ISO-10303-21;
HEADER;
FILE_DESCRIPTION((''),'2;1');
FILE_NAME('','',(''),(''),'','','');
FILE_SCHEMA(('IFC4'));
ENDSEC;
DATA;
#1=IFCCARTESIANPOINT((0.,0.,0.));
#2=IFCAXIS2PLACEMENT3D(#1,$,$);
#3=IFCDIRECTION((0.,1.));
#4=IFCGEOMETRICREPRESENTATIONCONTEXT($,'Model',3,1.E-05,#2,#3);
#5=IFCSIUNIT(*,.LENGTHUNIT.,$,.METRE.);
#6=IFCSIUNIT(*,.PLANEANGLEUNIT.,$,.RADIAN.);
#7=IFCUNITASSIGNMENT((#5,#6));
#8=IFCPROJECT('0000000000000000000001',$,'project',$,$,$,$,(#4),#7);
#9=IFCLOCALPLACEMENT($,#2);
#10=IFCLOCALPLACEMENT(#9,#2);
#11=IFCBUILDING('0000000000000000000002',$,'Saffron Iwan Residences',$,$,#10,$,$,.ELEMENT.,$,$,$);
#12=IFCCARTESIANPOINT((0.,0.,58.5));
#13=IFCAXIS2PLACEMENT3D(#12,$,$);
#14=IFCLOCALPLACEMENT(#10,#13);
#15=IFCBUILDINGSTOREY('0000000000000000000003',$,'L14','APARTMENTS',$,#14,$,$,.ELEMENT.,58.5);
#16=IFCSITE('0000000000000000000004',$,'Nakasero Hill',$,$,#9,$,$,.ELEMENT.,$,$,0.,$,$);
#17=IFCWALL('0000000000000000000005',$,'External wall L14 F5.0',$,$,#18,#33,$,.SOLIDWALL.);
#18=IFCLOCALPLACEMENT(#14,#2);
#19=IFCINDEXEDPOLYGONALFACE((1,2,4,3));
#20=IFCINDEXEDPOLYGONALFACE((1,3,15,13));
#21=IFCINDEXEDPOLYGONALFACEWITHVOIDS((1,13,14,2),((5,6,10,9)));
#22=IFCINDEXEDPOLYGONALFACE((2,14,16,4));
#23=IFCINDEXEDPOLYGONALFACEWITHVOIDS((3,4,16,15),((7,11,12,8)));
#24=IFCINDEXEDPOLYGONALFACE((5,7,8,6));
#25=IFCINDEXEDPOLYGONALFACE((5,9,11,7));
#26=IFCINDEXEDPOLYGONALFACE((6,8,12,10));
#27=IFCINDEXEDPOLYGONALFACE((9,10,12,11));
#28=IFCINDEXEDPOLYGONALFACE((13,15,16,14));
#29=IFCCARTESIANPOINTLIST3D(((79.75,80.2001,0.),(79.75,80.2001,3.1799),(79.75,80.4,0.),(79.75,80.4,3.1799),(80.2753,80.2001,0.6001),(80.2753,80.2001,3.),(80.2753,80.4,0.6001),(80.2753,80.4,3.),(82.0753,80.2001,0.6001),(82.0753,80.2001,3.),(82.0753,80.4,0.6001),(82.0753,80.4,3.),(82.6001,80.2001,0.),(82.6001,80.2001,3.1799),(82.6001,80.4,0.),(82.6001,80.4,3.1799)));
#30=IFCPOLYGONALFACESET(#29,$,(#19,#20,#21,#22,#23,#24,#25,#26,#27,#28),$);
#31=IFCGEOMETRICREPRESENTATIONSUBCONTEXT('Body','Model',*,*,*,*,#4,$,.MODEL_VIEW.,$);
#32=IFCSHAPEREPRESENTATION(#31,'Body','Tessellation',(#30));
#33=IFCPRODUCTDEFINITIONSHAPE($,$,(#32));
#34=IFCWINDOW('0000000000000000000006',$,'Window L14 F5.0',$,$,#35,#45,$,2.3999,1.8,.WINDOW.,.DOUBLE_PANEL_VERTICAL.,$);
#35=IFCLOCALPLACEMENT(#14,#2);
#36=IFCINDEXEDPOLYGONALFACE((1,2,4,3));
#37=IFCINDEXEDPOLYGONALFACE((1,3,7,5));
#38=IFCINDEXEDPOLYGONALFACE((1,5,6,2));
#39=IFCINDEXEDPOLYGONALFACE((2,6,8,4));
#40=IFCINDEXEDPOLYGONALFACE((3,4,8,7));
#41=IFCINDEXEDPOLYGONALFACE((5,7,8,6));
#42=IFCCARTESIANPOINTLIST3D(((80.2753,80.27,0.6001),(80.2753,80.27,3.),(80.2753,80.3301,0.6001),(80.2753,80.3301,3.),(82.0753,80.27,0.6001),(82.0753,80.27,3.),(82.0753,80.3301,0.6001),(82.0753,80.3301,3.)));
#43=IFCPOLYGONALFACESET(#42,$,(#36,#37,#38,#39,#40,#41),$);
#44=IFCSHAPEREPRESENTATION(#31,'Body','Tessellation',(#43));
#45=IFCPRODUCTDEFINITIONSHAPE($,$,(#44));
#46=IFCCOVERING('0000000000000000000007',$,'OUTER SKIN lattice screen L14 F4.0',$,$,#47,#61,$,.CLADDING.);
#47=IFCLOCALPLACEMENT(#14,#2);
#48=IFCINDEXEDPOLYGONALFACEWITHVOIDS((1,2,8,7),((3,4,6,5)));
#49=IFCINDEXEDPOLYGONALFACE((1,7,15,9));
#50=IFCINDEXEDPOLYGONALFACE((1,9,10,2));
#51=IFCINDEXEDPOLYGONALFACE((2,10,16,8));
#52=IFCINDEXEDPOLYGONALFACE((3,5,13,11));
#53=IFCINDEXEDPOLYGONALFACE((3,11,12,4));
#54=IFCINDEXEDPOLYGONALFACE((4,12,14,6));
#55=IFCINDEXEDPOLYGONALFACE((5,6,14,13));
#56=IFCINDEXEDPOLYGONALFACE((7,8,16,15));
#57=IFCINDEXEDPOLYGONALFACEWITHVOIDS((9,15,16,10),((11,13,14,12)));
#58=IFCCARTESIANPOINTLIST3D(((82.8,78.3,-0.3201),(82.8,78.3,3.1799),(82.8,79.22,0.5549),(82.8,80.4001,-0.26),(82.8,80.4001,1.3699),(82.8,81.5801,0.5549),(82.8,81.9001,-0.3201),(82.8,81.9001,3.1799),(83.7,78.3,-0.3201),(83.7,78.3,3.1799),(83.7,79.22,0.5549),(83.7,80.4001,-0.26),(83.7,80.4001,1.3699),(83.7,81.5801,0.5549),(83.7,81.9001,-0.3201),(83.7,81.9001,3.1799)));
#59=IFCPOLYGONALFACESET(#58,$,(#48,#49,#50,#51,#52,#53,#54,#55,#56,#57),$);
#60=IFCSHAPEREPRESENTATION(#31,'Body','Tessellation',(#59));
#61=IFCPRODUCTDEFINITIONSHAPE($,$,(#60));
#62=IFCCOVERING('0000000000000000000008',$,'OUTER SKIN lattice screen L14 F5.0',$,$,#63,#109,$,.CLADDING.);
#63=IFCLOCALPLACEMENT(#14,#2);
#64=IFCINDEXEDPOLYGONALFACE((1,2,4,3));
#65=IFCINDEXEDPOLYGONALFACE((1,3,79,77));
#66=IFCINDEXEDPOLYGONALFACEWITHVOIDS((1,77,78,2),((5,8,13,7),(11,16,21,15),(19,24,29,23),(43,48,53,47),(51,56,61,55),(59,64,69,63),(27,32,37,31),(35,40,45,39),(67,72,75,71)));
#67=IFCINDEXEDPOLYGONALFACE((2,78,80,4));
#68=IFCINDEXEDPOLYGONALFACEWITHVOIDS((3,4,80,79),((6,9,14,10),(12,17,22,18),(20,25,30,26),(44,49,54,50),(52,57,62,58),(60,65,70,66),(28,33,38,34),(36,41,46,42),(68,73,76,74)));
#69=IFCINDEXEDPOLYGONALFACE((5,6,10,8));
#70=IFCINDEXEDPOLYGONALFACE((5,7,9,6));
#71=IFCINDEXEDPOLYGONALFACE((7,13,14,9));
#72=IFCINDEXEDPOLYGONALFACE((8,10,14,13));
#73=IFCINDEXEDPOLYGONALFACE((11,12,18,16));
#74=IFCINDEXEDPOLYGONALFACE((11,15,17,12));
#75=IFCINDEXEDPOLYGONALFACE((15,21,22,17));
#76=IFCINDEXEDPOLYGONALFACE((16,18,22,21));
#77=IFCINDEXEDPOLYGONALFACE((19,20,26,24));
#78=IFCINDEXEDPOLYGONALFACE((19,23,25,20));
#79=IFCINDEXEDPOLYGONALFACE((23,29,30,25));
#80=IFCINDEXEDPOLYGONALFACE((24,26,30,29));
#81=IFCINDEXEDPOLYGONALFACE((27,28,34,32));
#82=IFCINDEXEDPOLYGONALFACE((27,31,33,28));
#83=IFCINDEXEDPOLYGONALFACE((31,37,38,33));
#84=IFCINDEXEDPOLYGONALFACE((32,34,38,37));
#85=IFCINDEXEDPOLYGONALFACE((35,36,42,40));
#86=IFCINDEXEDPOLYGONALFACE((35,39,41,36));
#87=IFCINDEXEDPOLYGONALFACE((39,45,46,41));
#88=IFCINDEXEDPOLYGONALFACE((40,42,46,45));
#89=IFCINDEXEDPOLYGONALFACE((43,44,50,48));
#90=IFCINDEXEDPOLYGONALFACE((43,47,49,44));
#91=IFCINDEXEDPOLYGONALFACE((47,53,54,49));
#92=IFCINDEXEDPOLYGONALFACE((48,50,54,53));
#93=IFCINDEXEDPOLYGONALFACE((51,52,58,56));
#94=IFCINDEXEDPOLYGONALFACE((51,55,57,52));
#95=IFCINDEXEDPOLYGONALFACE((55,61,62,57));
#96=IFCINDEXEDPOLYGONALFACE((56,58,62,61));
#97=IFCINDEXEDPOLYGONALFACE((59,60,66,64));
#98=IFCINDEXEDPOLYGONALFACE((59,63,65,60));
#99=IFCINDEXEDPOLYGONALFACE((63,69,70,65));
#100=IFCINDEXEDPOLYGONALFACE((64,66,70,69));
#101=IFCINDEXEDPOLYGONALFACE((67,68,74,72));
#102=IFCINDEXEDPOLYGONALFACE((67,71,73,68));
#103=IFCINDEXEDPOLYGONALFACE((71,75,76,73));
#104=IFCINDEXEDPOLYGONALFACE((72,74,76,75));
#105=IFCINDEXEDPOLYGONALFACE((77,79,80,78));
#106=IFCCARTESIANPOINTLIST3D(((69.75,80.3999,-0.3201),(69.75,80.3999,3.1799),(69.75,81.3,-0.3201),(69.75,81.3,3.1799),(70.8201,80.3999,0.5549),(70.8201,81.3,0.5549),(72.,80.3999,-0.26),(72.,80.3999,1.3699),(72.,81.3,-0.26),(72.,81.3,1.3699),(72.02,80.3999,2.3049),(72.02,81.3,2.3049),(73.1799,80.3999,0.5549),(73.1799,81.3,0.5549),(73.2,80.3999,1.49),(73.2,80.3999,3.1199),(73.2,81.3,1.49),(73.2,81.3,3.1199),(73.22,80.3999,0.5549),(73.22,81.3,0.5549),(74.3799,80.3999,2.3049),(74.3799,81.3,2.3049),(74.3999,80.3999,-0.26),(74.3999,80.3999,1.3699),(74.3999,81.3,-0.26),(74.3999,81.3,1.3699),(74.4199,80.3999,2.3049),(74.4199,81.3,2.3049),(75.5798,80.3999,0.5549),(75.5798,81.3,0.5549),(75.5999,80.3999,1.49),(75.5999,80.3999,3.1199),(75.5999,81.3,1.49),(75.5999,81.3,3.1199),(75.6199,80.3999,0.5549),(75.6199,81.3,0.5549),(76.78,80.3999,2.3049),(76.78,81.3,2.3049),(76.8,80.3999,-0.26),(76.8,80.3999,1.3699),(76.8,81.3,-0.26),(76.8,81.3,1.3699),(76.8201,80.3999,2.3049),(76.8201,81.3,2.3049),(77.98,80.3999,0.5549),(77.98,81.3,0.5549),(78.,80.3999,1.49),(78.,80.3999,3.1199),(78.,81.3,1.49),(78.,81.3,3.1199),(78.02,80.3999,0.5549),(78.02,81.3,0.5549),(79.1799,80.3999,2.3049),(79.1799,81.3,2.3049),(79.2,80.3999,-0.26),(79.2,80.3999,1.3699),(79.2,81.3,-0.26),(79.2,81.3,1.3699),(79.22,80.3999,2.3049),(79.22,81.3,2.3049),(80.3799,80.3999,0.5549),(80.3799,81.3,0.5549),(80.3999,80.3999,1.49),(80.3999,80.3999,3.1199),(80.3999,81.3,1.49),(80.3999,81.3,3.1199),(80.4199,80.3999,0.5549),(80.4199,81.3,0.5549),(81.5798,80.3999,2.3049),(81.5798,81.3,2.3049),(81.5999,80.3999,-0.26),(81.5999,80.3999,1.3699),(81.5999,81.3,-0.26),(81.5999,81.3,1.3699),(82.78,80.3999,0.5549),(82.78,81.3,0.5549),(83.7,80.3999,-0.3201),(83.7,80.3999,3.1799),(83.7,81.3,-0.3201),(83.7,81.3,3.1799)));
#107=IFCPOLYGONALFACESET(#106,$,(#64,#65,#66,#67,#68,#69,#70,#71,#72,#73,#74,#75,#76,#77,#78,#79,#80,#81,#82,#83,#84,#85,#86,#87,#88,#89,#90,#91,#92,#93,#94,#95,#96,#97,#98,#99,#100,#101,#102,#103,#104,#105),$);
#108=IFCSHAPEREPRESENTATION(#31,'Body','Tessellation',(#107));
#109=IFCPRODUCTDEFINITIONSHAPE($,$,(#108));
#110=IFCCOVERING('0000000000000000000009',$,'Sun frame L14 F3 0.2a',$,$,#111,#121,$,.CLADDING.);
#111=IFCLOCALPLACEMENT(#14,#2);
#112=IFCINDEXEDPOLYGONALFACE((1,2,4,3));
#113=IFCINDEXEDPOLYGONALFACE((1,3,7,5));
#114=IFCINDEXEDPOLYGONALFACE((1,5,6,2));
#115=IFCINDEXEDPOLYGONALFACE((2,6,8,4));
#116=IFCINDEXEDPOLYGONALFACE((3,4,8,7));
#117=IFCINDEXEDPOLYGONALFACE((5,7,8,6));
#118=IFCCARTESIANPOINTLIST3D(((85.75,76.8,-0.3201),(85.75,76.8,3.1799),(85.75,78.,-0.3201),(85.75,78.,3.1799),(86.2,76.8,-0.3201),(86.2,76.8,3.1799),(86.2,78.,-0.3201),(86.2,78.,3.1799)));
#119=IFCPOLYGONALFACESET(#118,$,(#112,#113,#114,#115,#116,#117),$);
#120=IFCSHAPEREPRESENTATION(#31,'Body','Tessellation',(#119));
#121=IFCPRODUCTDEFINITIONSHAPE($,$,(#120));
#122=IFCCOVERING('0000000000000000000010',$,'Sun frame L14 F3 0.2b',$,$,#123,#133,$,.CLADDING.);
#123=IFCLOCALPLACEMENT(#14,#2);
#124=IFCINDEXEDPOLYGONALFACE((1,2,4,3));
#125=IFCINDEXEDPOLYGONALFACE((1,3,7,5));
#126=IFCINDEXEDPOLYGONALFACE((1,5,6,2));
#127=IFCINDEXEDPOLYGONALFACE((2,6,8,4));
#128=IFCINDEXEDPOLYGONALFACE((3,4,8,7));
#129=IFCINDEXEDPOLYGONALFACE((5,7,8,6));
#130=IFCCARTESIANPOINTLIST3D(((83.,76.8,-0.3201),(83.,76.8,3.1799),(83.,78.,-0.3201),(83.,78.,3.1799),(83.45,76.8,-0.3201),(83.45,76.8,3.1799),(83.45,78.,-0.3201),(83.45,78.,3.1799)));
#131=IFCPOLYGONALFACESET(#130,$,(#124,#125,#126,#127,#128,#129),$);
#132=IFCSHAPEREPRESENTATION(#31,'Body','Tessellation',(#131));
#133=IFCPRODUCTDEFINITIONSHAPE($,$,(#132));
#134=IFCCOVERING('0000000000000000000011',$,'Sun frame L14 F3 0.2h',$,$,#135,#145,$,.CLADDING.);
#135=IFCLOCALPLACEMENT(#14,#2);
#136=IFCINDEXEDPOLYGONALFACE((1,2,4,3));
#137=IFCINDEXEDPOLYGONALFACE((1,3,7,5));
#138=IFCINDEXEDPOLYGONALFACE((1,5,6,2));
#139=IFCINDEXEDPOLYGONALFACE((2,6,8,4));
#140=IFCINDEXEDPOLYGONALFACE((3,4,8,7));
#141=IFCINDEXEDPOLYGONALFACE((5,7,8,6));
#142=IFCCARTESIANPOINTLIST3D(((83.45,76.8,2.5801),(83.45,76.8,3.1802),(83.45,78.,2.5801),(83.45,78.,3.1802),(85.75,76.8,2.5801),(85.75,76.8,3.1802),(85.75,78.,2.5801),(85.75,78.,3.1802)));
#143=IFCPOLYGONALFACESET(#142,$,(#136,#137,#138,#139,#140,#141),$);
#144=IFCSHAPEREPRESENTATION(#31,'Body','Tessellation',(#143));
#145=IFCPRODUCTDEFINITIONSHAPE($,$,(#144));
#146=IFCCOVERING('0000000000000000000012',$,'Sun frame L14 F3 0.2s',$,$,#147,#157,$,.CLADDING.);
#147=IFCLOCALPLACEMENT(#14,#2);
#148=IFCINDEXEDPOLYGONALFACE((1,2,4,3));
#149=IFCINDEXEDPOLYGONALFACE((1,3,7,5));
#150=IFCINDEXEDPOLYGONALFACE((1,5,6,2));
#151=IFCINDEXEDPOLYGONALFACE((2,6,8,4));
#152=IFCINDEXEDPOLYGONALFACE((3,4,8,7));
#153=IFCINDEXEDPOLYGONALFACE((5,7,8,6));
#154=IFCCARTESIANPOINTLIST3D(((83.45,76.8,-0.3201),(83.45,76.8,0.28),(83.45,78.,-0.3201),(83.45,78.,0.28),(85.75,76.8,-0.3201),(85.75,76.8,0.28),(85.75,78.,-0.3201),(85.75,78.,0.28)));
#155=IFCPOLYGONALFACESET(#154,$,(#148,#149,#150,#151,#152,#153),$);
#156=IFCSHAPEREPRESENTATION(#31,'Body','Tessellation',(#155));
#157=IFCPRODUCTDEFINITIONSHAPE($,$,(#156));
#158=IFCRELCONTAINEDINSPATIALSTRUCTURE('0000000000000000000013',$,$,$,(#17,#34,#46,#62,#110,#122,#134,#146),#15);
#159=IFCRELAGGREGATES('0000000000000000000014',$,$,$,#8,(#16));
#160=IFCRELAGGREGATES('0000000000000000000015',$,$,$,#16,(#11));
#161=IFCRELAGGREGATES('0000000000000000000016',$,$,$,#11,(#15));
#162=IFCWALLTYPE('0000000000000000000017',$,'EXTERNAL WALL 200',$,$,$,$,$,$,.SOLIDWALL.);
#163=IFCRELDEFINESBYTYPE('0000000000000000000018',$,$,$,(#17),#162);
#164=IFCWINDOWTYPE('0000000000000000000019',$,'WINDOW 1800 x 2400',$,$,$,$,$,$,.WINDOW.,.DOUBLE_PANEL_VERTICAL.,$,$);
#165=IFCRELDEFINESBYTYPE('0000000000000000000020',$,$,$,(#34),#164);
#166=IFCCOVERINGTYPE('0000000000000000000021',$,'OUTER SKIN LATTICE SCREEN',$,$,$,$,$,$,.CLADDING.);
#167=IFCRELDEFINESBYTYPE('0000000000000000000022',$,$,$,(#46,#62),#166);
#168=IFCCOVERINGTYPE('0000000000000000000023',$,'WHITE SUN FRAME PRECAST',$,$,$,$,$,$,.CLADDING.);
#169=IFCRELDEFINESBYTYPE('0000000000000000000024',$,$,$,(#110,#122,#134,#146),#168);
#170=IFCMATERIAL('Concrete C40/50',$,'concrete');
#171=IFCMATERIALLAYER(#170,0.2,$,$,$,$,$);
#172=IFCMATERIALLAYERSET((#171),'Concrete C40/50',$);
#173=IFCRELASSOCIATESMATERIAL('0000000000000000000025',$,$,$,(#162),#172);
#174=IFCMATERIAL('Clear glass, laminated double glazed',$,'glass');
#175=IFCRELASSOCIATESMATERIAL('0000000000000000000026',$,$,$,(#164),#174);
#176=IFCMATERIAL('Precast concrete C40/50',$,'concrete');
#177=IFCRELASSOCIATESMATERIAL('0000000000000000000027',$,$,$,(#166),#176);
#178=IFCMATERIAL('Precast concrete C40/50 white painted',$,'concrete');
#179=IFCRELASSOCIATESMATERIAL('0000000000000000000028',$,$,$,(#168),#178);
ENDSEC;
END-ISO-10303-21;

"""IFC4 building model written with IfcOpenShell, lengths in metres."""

from ifc_helpers import new_model, si_unit, direction, frame, frame_2d, origin, place, context, subcontext, project, spatial, polyline, rectangle, outline, extrude, material, layer, layer_set, type_object, element, fill, save


model = new_model("IFC4")

# Units and contexts
model_context = context("Model", 3, precision=1e-05, world=origin(), true_north=direction((0.0, 1.0)))
body_context = subcontext(model_context, "Body", "Model", "MODEL_VIEW")
ifc_project = project(units=[si_unit("LENGTHUNIT", "METRE"), si_unit("PLANEANGLEUNIT", "RADIAN")], contexts=[model_context])

# Site, building, storey
site_placement = place(None, origin())
site = spatial("IfcSite", under=ifc_project, at=site_placement, Name="Nakasero Hill", CompositionType="ELEMENT", RefElevation=0.0)
building_placement = place(site_placement, origin())
building = spatial("IfcBuilding", under=site, at=building_placement, Name="Saffron Iwan Residences", CompositionType="ELEMENT")
storey_placement = place(building_placement, frame((0.0, 0.0, 58.5)))
storey = spatial("IfcBuildingStorey", under=building, at=storey_placement, Name="L14", Description="APARTMENTS", CompositionType="ELEMENT", Elevation=58.5)

# Shared definitions
ifc_material_1 = material(Name="Concrete C40/50", Category="concrete")
ifc_layer = layer(ifc_material_1, 0.2)
ifc_layer_set = layer_set([ifc_layer], Name="Concrete C40/50")
wall_type = type_object("IfcWallType", Name="EXTERNAL WALL 200", PredefinedType="SOLIDWALL", material=ifc_layer_set)
ifc_material_2 = material(Name="Clear glass, laminated double glazed", Category="glass")
window_type_1 = type_object("IfcWindowType", Name="WINDOW 1800 x 2400", PartitioningType="DOUBLE_PANEL_VERTICAL", PredefinedType="WINDOW", material=ifc_material_2)

# Wall, opening, window
wall_1_placement = place(storey_placement, frame((82.6001, 80.3, 0.0), z_axis=(0.0, 0.0, 1.0), x_axis=(-1.0, 0.0, 0.0)))
wall_1 = element("IfcWall", 1, at=wall_1_placement, inside=storey, type_object=wall_type, Name="External wall L14 F5.0", PredefinedType="SOLIDWALL", context=body_context, shape_type="SweptSolid", body=[
    extrude(rectangle(XDim=2.8501, YDim=0.2, at=frame_2d((1.425, 0.0))), origin(), (0.0, 0.0, 1.0), 3.1799),
])
opening_1_placement = place(wall_1_placement, frame((0.5249, 0.0, 0.6001)))
opening_1 = element("IfcOpeningElement", 2, at=opening_1_placement, cuts=wall_1, PredefinedType="OPENING", context=body_context, shape_type="SweptSolid", body=[
    extrude(rectangle(XDim=1.8, YDim=2.3999, at=frame_2d((0.8999, 1.2))), frame((0.0, 0.1099, 0.0), z_axis=(0.0, -1.0, 0.0), x_axis=(1.0, 0.0, 0.0)), (0.0, 0.0, 1.0), 0.22),
])
window_1_placement = place(opening_1_placement, origin())
window_1 = element("IfcWindow", 3, at=window_1_placement, inside=storey, type_object=window_type_1, Name="Window L14 F5.0", OverallHeight=2.3999, OverallWidth=1.8, PartitioningType="DOUBLE_PANEL_VERTICAL", PredefinedType="WINDOW", context=body_context, shape_type="SweptSolid", body=[
    extrude(rectangle(XDim=1.8, YDim=2.3999, at=frame_2d((0.8999, 1.2))), frame((0.0, 0.03, 0.0), z_axis=(0.0, -1.0, 0.0), x_axis=(1.0, 0.0, 0.0)), (0.0, 0.0, 1.0), 0.0601),
])
fill(opening_1, window_1)

# Coverings
ifc_material_3 = material(Name="Precast concrete C40/50", Category="concrete")
covering_type_1 = type_object("IfcCoveringType", Name="OUTER SKIN LATTICE SCREEN", PredefinedType="CLADDING", material=ifc_material_3)
covering_1_placement = place(storey_placement, frame((82.8, 78.3, -0.3201), z_axis=(1.0, 0.0, 0.0), x_axis=(0.0, 1.0, 0.0)))
element("IfcCovering", 4, at=covering_1_placement, inside=storey, type_object=covering_type_1, Name="OUTER SKIN lattice screen L14 F4.0", PredefinedType="CLADDING", context=body_context, shape_type="SweptSolid", body=[
    extrude(outline(polyline([(0.0, 0.0), (3.6001, 0.0), (3.6001, 3.5), (0.0, 3.5), (0.0, 0.0)]), holes=[polyline([(0.9199, 0.875), (2.1001, 0.0601), (3.28, 0.875), (2.1001, 1.6899), (0.9199, 0.875)])]), origin(), (0.0, 0.0, 1.0), 0.8999),
])
covering_2_placement = place(storey_placement, frame((83.7, 80.3999, -0.3201), z_axis=(0.0, 1.0, 0.0), x_axis=(-1.0, 0.0, 0.0)))
element("IfcCovering", 5, at=covering_2_placement, inside=storey, type_object=covering_type_1, Name="OUTER SKIN lattice screen L14 F5.0", PredefinedType="CLADDING", context=body_context, shape_type="SweptSolid", body=[
    extrude(outline(polyline([(0.0, 0.0), (13.95, 0.0), (13.95, 3.5), (0.0, 3.5), (0.0, 0.0)]), holes=[polyline([(0.9199, 0.875), (2.1001, 0.0601), (3.28, 0.875), (2.1001, 1.6899), (0.9199, 0.875)]), polyline([(3.3201, 0.875), (4.5, 0.0601), (5.6799, 0.875), (4.5, 1.6899), (3.3201, 0.875)]), polyline([(5.72, 0.875), (6.8999, 0.0601), (8.0801, 0.875), (6.8999, 1.6899), (5.72, 0.875)]), polyline([(8.1201, 0.875), (9.3, 0.0601), (10.48, 0.875), (9.3, 1.6899), (8.1201, 0.875)]), polyline([(10.52, 0.875), (11.7, 0.0601), (12.8799, 0.875), (11.7, 1.6899), (10.52, 0.875)]), polyline([(2.1201, 2.625), (3.3, 1.8101), (4.48, 2.625), (3.3, 3.4399), (2.1201, 2.625)]), polyline([(4.52, 2.625), (5.7, 1.8101), (6.8799, 2.625), (5.7, 3.4399), (4.52, 2.625)]), polyline([(6.9199, 2.625), (8.1001, 1.8101), (9.28, 2.625), (8.1001, 3.4399), (6.9199, 2.625)]), polyline([(9.3201, 2.625), (10.5, 1.8101), (11.6799, 2.625), (10.5, 3.4399), (9.3201, 2.625)])]), origin(), (0.0, 0.0, 1.0), 0.9001),
])
ifc_material_4 = material(Name="Precast concrete C40/50 white painted", Category="concrete")
covering_type_2 = type_object("IfcCoveringType", Name="WHITE SUN FRAME PRECAST", PredefinedType="CLADDING", material=ifc_material_4)
for number, where, z_axis, x_axis, name in (
    (6, (86.2, 76.8, -0.3201), (0.0, 1.0, 0.0), (-1.0, 0.0, 0.0), "Sun frame L14 F3 0.2a"),
    (7, (83.45, 76.8, -0.3201), (0.0, 1.0, 0.0), (-1.0, 0.0, 0.0), "Sun frame L14 F3 0.2b"),
):
    element("IfcCovering", number, at=place(storey_placement, frame(where, z_axis=z_axis, x_axis=x_axis)), inside=storey, type_object=covering_type_2, Name=name, PredefinedType="CLADDING", context=body_context, shape_type="SweptSolid", body=[
        extrude(outline(polyline([(0.0, 0.0), (0.45, 0.0), (0.45, 3.5), (0.0, 3.5), (0.0, 0.0)])), origin(), (0.0, 0.0, 1.0), 1.2),
    ])
for number, where, z_axis, x_axis, name in (
    (8, (85.75, 76.8, 2.5801), (0.0, 1.0, 0.0), (-1.0, 0.0, 0.0), "Sun frame L14 F3 0.2h"),
    (9, (85.75, 76.8, -0.3201), (0.0, 1.0, 0.0), (-1.0, 0.0, 0.0), "Sun frame L14 F3 0.2s"),
):
    element("IfcCovering", number, at=place(storey_placement, frame(where, z_axis=z_axis, x_axis=x_axis)), inside=storey, type_object=covering_type_2, Name=name, PredefinedType="CLADDING", context=body_context, shape_type="SweptSolid", body=[
        extrude(outline(polyline([(0.0, 0.0), (2.3, 0.0), (2.3, 0.6001), (0.0, 0.6001), (0.0, 0.0)])), origin(), (0.0, 0.0, 1.0), 1.2),
    ])

save(model, "model.ifc")
